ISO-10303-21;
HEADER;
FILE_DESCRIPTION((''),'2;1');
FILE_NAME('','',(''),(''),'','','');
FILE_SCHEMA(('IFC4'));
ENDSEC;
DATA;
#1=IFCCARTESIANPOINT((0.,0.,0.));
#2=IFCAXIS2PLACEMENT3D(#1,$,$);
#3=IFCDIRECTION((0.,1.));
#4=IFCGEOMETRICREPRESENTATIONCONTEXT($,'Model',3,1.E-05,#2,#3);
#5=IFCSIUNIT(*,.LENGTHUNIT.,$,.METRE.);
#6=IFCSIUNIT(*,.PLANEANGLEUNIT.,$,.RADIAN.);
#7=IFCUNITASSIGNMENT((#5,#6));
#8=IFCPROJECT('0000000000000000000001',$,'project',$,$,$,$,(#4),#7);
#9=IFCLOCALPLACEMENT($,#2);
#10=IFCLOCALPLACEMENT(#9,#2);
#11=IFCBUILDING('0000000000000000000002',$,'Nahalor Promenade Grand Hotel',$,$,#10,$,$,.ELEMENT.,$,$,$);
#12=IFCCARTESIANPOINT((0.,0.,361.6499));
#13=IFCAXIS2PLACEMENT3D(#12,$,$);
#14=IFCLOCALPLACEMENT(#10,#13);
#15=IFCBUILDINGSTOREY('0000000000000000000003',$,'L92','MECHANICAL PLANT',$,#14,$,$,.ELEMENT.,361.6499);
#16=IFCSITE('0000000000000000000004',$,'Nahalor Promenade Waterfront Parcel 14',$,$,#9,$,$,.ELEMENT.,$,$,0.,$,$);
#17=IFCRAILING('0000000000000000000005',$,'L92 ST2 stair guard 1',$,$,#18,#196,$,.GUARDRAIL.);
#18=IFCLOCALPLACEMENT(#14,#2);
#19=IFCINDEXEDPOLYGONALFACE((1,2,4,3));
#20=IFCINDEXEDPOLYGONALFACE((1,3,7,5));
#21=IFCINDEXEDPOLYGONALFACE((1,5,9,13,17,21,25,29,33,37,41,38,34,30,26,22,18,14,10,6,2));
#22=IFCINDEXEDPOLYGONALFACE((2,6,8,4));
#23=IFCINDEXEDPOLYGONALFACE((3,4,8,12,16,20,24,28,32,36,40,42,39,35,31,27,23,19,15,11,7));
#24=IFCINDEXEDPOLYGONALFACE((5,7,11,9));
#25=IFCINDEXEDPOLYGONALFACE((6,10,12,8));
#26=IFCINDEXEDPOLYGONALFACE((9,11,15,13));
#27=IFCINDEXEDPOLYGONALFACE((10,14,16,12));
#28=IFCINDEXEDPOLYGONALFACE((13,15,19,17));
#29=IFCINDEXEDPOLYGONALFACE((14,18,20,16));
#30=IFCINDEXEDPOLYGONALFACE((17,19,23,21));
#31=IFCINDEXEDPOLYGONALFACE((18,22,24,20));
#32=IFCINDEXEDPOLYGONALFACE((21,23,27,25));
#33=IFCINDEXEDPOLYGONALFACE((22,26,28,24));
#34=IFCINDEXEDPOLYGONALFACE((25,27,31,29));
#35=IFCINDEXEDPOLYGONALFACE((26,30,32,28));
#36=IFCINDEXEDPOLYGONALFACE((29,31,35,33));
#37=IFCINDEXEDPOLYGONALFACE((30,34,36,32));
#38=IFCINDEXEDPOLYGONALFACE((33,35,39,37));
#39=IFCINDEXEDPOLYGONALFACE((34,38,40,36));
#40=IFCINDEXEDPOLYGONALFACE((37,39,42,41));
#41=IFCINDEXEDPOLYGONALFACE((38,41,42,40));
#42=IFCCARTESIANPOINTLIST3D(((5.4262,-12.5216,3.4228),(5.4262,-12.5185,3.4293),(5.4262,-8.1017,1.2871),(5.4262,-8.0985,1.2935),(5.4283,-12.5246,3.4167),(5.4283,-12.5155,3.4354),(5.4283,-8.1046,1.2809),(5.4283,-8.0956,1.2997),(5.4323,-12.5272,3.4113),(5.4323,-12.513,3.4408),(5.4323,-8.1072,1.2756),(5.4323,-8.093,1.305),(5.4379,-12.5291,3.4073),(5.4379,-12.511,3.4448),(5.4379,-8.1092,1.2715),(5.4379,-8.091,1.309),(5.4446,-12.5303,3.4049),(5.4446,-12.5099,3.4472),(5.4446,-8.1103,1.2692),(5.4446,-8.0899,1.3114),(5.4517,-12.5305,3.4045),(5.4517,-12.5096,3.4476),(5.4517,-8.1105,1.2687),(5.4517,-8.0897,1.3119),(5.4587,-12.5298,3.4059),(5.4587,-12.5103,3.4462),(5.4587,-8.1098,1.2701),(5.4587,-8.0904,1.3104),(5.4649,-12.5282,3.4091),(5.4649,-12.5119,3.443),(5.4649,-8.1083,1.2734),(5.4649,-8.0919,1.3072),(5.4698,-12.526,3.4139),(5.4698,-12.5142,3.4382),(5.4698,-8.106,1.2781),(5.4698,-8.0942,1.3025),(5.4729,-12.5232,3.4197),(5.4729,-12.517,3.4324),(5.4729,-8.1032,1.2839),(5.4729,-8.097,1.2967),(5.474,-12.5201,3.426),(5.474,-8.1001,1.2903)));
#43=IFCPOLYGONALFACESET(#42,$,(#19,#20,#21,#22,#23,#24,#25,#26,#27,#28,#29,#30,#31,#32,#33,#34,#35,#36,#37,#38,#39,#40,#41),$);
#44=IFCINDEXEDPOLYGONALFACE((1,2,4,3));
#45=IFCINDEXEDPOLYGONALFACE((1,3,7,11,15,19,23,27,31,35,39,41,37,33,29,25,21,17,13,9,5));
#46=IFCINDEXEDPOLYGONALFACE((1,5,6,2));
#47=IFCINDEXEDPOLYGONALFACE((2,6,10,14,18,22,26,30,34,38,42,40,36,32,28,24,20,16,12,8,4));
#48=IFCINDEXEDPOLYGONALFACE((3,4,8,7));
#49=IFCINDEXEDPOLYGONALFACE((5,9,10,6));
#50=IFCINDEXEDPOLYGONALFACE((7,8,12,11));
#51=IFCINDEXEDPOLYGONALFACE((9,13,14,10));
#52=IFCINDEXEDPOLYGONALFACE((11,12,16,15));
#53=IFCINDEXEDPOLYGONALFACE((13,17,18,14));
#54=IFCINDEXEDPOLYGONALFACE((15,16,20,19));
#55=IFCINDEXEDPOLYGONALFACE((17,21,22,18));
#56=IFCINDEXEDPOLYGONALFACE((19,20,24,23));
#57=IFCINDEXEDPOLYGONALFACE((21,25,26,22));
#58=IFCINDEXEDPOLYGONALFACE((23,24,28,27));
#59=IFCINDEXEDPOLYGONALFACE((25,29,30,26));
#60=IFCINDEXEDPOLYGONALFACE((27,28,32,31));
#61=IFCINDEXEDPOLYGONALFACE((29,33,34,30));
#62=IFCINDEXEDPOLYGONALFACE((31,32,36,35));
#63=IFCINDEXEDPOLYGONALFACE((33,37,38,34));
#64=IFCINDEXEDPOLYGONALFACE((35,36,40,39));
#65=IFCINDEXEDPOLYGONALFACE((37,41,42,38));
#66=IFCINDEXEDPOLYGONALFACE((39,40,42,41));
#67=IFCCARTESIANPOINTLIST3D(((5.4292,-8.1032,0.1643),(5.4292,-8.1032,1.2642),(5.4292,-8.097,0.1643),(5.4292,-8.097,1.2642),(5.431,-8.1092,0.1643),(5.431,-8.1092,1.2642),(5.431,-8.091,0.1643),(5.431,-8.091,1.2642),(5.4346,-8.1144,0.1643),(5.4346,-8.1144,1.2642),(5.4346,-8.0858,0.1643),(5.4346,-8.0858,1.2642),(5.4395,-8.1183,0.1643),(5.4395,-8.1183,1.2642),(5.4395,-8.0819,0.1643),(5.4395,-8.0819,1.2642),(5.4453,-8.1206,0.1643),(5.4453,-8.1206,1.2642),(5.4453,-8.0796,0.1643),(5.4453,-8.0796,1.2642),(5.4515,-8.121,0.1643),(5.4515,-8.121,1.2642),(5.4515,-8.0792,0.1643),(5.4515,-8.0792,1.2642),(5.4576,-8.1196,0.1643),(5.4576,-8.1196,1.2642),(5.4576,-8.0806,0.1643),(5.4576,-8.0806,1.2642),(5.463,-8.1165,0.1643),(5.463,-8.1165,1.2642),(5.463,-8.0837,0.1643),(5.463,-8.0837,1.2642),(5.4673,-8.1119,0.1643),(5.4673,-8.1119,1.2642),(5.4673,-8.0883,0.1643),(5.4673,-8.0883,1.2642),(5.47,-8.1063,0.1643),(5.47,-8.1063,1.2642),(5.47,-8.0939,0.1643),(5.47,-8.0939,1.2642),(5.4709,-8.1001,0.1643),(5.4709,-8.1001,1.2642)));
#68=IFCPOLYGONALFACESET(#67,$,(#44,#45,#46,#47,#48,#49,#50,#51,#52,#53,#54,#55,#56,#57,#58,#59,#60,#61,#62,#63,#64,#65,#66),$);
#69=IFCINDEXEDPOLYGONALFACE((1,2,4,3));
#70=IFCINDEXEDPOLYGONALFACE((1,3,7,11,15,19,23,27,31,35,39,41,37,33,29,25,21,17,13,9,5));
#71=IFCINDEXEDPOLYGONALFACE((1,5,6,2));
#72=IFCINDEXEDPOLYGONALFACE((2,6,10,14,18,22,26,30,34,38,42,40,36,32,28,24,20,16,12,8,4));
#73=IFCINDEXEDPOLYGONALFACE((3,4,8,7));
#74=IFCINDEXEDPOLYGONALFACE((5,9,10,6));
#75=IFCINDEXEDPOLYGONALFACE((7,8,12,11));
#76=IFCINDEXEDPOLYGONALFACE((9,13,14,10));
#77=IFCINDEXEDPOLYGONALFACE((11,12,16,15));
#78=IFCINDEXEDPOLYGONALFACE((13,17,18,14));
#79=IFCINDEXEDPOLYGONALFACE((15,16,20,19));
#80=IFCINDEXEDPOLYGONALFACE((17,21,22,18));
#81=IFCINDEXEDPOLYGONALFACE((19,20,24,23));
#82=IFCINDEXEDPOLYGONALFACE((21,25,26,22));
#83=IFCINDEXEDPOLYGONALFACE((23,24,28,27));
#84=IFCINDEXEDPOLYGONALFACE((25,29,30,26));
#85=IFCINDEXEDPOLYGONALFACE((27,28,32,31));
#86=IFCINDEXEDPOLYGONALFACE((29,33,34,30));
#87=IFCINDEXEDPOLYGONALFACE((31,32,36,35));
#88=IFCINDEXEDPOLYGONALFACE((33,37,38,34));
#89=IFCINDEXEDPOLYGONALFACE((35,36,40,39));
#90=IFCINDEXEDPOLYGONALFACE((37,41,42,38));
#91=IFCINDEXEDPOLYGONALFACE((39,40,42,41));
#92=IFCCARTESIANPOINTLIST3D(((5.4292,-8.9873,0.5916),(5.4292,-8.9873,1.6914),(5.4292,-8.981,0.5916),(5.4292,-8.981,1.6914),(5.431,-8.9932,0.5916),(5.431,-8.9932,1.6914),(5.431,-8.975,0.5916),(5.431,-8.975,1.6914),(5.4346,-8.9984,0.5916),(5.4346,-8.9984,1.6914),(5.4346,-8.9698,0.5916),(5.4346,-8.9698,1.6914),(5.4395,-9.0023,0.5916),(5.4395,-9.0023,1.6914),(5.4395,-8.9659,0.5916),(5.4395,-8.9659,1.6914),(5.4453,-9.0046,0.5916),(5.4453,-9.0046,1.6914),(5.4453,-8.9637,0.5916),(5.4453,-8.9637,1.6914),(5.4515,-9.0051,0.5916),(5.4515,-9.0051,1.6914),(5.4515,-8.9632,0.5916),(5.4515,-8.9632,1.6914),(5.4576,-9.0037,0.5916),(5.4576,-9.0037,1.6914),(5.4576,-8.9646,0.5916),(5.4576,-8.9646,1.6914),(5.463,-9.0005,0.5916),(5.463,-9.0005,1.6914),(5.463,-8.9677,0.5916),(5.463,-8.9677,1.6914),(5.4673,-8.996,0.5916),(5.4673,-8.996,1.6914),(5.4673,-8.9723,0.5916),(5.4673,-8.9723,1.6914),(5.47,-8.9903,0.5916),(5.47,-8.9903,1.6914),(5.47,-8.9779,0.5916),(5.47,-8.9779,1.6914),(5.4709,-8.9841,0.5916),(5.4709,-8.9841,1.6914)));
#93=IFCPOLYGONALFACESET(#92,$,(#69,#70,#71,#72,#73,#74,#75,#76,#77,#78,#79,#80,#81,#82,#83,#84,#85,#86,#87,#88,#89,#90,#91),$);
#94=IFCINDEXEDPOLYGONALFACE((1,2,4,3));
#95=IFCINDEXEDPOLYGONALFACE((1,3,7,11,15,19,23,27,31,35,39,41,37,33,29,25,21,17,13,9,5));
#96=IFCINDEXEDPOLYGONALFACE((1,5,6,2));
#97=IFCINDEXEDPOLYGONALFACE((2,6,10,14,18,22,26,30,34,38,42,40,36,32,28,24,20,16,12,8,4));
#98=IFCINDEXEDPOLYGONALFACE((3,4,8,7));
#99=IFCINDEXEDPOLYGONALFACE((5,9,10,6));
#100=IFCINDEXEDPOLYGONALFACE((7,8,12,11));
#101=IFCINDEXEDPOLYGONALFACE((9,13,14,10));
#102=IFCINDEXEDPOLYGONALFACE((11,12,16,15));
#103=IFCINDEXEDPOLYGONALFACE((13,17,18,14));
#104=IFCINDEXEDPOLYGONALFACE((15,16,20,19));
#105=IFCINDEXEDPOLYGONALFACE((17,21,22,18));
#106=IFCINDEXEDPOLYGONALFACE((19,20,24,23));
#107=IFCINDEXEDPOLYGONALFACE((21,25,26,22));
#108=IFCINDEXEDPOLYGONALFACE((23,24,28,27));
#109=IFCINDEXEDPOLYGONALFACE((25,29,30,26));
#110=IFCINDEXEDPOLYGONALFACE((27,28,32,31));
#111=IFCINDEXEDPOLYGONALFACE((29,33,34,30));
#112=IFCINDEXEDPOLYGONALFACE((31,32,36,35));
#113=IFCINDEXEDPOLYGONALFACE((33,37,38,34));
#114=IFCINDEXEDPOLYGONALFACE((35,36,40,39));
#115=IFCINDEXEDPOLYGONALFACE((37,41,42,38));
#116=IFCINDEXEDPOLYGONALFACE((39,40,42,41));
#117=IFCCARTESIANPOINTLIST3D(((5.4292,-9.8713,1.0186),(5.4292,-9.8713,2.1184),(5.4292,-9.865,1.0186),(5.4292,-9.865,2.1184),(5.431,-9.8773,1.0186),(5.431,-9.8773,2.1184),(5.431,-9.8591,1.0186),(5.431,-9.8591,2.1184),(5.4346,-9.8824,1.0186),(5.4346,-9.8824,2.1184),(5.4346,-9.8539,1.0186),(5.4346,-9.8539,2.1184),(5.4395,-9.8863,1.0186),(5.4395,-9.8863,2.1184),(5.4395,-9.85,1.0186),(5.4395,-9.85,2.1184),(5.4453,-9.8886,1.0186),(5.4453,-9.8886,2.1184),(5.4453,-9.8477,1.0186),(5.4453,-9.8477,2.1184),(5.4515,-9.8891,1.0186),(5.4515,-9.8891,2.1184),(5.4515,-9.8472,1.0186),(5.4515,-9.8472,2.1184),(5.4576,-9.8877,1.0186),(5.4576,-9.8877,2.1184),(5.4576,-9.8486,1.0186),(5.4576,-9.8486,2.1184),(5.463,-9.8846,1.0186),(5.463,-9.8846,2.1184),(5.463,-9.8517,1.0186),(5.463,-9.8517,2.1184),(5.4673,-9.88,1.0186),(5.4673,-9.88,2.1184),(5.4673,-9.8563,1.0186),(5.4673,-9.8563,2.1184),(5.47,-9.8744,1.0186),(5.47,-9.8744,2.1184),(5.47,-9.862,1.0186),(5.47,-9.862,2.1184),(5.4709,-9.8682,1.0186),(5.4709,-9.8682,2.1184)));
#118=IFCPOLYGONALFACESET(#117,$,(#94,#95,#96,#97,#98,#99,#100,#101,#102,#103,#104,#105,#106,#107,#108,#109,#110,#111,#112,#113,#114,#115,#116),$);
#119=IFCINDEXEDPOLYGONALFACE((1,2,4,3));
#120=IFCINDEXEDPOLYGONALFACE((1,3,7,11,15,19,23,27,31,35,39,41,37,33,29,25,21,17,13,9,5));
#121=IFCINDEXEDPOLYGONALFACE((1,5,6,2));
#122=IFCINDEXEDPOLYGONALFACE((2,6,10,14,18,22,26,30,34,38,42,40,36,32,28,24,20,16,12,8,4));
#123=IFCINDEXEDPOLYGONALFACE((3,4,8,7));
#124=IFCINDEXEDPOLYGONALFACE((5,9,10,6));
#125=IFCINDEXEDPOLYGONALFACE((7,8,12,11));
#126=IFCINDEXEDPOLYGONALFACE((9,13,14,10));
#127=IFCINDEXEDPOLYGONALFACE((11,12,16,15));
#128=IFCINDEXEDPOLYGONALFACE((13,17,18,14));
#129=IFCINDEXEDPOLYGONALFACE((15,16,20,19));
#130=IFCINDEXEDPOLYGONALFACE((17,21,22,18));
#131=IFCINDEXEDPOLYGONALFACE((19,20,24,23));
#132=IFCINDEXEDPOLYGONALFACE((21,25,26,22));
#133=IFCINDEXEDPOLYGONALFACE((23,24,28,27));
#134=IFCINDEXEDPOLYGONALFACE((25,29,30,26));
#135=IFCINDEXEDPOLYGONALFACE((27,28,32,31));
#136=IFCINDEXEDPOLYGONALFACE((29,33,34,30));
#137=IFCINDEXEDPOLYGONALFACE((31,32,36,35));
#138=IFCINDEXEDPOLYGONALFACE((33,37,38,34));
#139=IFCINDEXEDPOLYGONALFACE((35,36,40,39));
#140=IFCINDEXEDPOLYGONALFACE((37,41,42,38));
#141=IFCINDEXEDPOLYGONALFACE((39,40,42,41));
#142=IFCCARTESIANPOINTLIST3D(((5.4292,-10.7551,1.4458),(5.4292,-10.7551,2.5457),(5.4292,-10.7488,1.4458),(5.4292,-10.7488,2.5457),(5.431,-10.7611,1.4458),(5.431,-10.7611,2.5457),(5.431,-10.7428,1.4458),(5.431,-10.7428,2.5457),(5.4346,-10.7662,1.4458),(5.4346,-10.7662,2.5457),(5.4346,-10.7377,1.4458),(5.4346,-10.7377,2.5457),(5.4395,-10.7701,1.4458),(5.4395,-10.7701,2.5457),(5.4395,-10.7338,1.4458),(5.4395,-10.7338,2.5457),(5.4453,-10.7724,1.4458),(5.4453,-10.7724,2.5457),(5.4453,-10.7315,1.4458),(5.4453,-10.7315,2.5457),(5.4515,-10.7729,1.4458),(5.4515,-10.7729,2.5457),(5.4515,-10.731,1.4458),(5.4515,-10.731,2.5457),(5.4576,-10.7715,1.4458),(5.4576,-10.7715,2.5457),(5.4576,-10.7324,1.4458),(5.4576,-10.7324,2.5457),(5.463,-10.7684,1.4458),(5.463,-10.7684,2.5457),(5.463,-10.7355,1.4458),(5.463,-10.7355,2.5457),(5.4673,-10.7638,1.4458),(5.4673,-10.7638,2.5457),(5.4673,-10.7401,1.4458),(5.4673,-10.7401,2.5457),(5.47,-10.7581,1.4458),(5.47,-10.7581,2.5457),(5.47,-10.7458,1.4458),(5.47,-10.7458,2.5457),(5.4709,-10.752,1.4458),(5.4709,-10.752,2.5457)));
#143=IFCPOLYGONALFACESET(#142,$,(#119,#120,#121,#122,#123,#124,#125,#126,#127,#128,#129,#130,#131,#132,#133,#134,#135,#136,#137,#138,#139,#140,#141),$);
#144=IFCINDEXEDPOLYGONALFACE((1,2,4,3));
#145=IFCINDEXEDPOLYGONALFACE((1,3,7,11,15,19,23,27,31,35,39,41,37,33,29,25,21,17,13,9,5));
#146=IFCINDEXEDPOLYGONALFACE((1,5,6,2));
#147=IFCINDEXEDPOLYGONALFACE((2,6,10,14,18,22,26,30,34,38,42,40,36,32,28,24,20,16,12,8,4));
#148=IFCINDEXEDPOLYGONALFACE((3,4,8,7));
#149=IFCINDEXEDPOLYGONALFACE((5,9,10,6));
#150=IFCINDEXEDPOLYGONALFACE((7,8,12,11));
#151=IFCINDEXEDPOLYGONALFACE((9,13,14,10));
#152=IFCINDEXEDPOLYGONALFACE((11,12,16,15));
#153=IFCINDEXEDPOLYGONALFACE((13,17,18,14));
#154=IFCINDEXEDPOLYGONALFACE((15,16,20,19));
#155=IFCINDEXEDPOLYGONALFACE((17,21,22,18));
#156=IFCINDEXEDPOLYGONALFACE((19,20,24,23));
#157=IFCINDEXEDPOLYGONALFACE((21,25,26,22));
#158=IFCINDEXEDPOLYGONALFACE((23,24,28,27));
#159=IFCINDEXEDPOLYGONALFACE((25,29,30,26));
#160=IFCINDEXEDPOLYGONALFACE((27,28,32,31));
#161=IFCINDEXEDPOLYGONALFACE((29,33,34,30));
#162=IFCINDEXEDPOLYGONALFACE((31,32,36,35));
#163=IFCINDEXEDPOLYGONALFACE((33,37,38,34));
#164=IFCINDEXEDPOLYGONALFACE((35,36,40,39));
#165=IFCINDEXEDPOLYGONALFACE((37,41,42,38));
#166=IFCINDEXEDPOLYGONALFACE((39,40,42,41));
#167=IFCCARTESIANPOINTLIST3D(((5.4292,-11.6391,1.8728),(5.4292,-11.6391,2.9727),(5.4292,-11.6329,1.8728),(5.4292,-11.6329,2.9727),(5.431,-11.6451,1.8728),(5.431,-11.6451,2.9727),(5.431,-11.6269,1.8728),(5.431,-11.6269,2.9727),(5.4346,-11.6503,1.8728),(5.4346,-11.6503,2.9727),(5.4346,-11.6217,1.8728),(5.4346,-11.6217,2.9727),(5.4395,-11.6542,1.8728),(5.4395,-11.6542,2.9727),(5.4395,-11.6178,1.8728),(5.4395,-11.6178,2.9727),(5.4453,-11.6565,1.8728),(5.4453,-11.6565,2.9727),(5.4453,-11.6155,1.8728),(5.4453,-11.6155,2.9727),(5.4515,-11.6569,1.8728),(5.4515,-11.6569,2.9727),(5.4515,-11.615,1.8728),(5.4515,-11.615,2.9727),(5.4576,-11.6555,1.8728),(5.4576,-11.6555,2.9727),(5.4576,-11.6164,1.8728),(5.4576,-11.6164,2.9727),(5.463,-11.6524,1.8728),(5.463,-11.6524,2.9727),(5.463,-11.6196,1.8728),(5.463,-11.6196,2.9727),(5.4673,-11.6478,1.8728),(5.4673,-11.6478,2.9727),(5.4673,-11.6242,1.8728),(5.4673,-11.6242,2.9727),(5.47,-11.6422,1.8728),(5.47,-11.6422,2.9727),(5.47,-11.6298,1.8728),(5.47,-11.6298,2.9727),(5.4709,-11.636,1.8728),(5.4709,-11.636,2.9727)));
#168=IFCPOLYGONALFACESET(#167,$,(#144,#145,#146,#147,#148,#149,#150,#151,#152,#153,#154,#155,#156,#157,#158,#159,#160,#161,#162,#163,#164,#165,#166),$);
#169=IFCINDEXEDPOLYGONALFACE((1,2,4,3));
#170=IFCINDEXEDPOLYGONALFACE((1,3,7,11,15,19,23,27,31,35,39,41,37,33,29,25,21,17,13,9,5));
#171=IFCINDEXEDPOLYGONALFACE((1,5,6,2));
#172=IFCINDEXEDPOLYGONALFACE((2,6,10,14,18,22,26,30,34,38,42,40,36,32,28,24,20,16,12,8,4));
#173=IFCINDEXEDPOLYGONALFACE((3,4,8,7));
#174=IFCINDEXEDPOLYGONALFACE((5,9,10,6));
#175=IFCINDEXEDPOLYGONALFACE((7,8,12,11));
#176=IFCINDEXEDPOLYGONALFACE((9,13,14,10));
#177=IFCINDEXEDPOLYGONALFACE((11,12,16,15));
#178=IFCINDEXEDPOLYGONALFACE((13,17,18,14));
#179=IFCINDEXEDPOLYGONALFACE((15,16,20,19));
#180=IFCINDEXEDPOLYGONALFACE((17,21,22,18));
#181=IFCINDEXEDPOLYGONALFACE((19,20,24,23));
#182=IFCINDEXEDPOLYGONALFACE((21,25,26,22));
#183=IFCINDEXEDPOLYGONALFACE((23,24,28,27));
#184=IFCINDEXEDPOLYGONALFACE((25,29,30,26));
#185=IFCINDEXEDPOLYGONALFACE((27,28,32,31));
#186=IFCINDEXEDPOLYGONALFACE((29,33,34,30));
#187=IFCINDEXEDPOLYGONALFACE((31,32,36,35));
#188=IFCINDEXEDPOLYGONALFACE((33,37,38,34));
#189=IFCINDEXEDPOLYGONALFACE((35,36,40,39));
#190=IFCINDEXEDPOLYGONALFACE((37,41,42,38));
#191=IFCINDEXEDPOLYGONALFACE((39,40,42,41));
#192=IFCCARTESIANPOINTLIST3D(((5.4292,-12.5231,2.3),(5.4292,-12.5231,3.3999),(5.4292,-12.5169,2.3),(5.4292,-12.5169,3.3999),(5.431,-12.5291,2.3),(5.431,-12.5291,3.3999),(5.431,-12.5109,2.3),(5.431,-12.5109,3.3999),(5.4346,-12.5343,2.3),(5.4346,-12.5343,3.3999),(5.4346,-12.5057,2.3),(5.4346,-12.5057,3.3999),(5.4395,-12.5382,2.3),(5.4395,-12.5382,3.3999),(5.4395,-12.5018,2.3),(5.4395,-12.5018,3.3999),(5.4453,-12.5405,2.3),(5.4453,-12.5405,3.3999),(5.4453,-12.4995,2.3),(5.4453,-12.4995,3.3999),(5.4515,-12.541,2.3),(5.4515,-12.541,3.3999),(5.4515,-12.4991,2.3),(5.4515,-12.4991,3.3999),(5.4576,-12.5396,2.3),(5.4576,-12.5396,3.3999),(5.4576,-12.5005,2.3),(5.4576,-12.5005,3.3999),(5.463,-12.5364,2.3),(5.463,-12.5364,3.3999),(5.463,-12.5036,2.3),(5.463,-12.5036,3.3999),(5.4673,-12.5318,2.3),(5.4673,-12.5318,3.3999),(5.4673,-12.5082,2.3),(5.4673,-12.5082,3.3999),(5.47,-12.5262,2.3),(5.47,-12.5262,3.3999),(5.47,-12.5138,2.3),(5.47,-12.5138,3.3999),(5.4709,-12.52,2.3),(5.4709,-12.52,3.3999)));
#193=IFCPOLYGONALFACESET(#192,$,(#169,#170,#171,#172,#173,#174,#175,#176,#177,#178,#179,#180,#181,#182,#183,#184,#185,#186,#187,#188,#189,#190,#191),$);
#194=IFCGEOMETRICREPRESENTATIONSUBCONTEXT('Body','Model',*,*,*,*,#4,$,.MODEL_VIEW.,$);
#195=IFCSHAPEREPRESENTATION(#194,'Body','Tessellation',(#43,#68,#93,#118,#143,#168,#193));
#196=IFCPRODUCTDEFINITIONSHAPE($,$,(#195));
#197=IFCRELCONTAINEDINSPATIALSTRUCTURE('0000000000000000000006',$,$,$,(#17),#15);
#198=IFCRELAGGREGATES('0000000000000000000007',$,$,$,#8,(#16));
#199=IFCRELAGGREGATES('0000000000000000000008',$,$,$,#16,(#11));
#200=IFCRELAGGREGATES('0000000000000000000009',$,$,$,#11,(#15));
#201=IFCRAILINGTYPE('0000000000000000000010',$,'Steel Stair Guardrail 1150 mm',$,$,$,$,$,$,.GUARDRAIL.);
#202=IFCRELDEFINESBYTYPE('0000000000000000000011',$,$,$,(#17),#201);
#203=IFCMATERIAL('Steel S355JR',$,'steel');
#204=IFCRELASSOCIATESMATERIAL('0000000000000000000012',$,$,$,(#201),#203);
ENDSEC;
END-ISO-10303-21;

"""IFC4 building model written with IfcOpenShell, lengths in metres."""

from ifc_helpers import new_model, si_unit, direction, frame, origin, origin_2d, place, context, subcontext, project, spatial, circle, extrude, material, type_object, element, save


model = new_model("IFC4")

# Units and contexts
model_context = context("Model", 3, precision=1e-05, world=origin(), true_north=direction((0.0, 1.0)))
body_context = subcontext(model_context, "Body", "Model", "MODEL_VIEW")
ifc_project = project(units=[si_unit("LENGTHUNIT", "METRE"), si_unit("PLANEANGLEUNIT", "RADIAN")], contexts=[model_context])

# Site, building, storey
site_placement = place(None, origin())
site = spatial("IfcSite", under=ifc_project, at=site_placement, Name="Nahalor Promenade Waterfront Parcel 14", CompositionType="ELEMENT", RefElevation=0.0)
building_placement = place(site_placement, origin())
building = spatial("IfcBuilding", under=site, at=building_placement, Name="Nahalor Promenade Grand Hotel", CompositionType="ELEMENT")
storey_placement = place(building_placement, frame((0.0, 0.0, 361.6499)))
storey = spatial("IfcBuildingStorey", under=building, at=storey_placement, Name="L92", Description="MECHANICAL PLANT", CompositionType="ELEMENT", Elevation=361.6499)

# Shared definitions
ifc_material_1 = material(Name="Steel S355JR", Category="steel")

# Railing
railing_type_1 = type_object("IfcRailingType", Name="Steel Stair Guardrail 1150 mm", PredefinedType="GUARDRAIL", material=ifc_material_1)
railing_1_placement = place(storey_placement, frame((5.45, -8.1001, 0.1643)))
element("IfcRailing", 1, at=railing_1_placement, inside=storey, type_object=railing_type_1, Name="L92 ST2 stair guard 1", PredefinedType="GUARDRAIL", context=body_context, shape_type="SweptSolid", body=[
    extrude(circle(Radius=0.024, at=origin_2d()), frame((0.0, 0.0, 1.126), z_axis=(0.0, -0.900393, 0.435077), x_axis=(1.0, 0.0, 0.0)), (0.0, 0.0, 1.0), 4.9089),
    extrude(circle(Radius=0.021, at=origin_2d()), origin(), (0.0, 0.0, 1.0), 1.0999),
    extrude(circle(Radius=0.021, at=origin_2d()), frame((0.0, -0.884, 0.4272)), (0.0, 0.0, 1.0), 1.0999),
    extrude(circle(Radius=0.021, at=origin_2d()), frame((0.0, -1.7681, 0.8542)), (0.0, 0.0, 1.0), 1.0999),
    extrude(circle(Radius=0.021, at=origin_2d()), frame((0.0, -2.6519, 1.2815)), (0.0, 0.0, 1.0), 1.0999),
    extrude(circle(Radius=0.021, at=origin_2d()), frame((0.0, -3.5359, 1.7085)), (0.0, 0.0, 1.0), 1.0999),
    extrude(circle(Radius=0.021, at=origin_2d()), frame((0.0, -4.4199, 2.1357)), (0.0, 0.0, 1.0), 1.0999),
])

save(model, "model.ifc")
